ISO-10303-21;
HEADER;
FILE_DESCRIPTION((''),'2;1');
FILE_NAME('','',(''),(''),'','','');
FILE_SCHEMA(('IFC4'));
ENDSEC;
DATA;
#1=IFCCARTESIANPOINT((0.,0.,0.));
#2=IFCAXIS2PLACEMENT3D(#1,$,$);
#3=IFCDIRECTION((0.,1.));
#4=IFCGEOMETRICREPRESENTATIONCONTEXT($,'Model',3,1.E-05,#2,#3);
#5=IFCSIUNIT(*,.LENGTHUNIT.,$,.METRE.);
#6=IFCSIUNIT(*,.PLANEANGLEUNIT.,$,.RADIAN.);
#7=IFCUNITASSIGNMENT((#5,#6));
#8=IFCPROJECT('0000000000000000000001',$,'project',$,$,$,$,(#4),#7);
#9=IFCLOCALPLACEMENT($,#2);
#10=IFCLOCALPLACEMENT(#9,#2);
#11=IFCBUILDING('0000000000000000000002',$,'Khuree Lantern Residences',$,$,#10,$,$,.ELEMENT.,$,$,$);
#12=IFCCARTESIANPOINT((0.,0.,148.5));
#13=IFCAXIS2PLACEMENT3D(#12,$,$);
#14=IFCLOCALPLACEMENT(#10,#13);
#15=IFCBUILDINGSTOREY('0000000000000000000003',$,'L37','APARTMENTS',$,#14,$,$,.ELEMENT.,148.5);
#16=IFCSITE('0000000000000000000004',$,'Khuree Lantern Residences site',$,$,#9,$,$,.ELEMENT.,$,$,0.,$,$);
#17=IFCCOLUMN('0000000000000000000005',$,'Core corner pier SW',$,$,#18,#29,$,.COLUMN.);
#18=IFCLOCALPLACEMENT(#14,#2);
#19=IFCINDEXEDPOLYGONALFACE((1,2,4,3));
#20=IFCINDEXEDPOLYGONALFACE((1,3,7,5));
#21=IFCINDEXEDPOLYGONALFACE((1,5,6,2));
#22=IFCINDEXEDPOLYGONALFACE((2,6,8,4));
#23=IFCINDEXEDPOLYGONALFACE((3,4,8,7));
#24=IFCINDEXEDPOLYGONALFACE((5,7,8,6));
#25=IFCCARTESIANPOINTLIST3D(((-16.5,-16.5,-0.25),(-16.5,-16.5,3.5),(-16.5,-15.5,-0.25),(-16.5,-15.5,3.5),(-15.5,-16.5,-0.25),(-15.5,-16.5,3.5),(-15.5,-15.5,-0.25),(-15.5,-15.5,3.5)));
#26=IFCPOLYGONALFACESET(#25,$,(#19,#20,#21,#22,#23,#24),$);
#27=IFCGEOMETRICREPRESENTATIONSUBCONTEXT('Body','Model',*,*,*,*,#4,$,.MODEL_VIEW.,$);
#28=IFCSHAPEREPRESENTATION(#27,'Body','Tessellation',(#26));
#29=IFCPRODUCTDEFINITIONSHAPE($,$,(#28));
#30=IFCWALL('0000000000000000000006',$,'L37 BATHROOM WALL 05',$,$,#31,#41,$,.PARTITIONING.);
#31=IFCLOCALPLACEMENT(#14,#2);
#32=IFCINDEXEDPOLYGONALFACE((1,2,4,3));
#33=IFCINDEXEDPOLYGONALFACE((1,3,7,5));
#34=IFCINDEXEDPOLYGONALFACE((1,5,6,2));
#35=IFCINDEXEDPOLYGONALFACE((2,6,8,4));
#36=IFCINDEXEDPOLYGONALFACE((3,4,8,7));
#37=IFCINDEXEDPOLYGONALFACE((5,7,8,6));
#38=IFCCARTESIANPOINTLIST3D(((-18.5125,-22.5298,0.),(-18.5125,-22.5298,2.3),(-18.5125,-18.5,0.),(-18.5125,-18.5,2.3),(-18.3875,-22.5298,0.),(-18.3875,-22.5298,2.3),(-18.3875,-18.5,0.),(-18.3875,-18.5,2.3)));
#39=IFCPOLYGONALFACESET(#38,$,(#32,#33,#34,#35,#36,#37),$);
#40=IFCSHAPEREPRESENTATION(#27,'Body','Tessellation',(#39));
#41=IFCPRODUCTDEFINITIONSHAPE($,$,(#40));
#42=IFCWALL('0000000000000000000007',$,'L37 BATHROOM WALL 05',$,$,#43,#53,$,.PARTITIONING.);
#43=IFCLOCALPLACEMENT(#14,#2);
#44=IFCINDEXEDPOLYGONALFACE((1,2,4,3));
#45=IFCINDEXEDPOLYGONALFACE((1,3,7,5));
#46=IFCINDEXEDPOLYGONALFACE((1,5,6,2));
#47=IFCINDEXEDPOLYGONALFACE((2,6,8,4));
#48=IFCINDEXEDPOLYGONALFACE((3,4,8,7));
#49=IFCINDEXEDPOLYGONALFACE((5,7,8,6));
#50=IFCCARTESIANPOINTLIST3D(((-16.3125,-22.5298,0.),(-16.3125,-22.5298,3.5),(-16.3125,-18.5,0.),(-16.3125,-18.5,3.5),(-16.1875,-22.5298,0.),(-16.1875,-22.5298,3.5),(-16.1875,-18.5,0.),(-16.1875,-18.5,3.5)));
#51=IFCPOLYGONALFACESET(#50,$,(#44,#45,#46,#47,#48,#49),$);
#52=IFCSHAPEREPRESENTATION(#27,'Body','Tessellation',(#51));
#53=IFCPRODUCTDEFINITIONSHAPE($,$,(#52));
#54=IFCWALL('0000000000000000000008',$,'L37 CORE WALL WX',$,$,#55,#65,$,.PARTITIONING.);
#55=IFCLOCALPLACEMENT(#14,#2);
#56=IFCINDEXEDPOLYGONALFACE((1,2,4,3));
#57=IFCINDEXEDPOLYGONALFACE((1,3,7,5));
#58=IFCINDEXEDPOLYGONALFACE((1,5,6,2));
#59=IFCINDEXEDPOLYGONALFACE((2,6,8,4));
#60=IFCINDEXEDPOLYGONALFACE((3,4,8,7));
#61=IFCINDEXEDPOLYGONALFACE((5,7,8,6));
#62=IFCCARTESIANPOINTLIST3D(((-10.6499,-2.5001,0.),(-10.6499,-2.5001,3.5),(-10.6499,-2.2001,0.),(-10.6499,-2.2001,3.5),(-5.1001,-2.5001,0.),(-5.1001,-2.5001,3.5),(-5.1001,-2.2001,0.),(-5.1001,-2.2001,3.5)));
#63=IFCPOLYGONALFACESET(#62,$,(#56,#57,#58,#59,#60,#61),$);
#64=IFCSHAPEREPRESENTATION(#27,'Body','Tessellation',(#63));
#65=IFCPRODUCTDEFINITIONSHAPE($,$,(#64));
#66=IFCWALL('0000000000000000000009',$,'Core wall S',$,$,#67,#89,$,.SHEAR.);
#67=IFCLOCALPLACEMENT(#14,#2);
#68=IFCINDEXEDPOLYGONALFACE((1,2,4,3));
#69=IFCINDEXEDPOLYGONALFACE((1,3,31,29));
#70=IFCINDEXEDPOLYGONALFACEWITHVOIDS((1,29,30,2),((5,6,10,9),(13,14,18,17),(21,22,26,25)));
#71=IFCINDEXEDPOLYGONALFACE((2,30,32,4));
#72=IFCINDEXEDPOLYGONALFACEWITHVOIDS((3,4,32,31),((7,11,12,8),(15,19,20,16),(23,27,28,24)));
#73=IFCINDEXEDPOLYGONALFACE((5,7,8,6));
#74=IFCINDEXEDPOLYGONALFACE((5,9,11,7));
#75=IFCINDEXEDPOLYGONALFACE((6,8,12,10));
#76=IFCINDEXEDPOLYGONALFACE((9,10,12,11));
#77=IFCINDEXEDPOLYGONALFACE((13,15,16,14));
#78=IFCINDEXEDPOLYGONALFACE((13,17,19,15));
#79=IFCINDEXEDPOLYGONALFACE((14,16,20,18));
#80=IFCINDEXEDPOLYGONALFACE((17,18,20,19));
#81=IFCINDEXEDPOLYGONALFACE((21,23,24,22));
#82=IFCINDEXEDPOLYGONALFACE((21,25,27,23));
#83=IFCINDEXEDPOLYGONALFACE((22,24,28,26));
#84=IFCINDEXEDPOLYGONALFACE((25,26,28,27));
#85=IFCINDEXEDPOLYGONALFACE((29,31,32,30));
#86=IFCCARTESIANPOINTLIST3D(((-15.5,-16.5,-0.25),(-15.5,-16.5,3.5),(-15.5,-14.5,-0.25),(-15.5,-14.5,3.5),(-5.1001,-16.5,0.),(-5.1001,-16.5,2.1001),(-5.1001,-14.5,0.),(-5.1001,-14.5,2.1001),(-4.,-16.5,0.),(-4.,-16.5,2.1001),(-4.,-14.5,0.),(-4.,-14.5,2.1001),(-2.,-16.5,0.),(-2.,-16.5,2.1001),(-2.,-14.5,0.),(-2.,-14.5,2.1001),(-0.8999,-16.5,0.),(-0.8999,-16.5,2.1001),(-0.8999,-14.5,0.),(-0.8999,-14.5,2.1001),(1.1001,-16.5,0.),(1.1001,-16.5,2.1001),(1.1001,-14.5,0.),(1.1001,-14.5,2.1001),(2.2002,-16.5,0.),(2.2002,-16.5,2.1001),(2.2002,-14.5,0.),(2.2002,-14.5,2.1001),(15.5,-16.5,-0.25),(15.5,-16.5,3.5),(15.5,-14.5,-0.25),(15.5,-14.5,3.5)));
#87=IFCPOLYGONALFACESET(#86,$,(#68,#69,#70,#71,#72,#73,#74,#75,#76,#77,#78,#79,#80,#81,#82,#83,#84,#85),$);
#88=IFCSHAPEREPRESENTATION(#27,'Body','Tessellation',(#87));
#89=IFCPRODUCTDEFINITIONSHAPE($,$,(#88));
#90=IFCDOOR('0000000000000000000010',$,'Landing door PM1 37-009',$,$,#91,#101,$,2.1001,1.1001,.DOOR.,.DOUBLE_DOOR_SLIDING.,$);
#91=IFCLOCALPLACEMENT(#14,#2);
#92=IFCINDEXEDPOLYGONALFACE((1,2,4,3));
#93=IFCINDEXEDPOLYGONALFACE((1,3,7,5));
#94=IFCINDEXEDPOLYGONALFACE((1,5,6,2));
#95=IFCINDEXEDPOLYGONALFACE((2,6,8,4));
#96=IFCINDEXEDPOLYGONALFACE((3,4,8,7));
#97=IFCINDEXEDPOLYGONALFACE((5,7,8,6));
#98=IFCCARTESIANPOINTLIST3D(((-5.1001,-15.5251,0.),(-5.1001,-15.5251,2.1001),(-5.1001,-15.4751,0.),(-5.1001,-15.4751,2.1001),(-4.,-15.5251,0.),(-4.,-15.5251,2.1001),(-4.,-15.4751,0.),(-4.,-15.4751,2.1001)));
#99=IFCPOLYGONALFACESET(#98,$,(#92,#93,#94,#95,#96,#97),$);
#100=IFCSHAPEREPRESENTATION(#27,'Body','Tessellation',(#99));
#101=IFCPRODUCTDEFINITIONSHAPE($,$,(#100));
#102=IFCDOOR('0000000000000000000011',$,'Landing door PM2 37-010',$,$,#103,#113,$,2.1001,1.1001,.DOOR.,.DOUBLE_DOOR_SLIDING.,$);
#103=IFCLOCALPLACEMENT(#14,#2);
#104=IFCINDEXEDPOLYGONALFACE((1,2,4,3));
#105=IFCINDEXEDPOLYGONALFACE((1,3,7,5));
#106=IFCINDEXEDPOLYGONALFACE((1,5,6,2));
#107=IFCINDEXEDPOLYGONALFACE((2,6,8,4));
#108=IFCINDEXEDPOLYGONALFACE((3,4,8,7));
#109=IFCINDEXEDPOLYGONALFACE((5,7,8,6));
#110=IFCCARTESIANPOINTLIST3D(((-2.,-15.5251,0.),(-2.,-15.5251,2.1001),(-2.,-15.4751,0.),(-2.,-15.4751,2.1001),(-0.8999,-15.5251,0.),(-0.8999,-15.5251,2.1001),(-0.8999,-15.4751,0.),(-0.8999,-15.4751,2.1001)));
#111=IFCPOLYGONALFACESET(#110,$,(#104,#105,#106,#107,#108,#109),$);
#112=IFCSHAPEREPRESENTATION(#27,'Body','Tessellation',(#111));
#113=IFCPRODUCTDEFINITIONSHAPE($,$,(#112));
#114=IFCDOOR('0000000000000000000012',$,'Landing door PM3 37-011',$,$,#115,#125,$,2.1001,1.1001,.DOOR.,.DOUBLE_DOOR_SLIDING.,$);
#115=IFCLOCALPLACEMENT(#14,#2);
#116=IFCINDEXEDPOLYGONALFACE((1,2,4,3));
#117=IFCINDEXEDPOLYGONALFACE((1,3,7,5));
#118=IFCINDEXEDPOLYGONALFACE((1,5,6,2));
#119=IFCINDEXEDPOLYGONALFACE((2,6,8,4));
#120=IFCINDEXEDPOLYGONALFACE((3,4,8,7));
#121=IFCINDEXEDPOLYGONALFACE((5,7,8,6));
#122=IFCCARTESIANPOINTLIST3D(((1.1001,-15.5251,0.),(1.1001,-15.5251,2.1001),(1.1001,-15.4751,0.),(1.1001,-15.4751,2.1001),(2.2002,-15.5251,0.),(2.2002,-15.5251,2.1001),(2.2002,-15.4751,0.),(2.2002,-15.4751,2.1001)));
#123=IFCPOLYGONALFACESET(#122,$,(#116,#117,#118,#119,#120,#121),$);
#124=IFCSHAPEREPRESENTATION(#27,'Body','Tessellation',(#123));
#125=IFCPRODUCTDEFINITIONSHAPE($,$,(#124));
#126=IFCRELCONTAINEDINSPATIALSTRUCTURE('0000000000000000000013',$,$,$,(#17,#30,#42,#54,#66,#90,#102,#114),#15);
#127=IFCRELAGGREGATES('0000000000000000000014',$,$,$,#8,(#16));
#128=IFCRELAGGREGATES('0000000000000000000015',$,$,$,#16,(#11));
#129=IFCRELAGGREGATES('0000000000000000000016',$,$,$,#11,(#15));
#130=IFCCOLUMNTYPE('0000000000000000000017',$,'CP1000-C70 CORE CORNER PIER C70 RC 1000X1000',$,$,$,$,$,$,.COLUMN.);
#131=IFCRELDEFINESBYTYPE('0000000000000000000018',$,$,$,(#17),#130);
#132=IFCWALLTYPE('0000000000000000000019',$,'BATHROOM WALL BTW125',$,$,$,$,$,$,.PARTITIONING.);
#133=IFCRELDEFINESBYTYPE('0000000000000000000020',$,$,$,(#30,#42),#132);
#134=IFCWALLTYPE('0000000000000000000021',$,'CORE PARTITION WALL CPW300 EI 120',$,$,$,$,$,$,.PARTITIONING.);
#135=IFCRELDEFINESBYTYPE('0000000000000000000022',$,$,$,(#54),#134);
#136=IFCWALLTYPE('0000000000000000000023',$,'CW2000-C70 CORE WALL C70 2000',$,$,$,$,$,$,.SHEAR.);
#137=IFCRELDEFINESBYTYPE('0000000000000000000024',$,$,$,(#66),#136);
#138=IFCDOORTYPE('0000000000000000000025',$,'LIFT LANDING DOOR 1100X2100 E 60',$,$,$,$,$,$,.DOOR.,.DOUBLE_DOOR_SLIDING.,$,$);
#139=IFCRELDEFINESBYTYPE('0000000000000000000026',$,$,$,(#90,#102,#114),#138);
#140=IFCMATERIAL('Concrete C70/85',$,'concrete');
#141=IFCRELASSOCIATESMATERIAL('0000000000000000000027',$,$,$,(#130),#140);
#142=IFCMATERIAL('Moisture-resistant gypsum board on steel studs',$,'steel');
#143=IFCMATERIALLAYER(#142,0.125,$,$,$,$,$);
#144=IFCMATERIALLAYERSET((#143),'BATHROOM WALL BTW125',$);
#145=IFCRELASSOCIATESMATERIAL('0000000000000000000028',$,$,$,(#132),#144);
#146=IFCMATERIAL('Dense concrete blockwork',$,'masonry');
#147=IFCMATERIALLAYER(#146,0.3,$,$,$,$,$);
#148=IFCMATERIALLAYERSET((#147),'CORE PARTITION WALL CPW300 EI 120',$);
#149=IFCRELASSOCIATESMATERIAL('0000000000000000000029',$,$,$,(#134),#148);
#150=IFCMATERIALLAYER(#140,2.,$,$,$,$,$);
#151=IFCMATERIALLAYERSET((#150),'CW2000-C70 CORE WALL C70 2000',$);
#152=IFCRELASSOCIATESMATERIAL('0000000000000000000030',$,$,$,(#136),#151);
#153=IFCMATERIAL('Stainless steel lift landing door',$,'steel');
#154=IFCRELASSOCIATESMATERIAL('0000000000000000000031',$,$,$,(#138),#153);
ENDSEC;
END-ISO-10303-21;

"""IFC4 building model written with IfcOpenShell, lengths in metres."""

from ifc_helpers import new_model, si_unit, direction, frame, frame_2d, origin, origin_2d, place, context, subcontext, project, spatial, rectangle, extrude, material, layer, layer_set, material_profile, profile_set, type_object, element, fill, save


model = new_model("IFC4")

# Units and contexts
model_context = context("Model", 3, precision=1e-05, world=origin(), true_north=direction((0.0, 1.0)))
body_context = subcontext(model_context, "Body", "Model", "MODEL_VIEW")
ifc_project = project(units=[si_unit("LENGTHUNIT", "METRE"), si_unit("PLANEANGLEUNIT", "RADIAN")], contexts=[model_context])

# Site, building, storey
site_placement = place(None, origin())
site = spatial("IfcSite", under=ifc_project, at=site_placement, Name="Khuree Lantern Residences site", CompositionType="ELEMENT", RefElevation=0.0)
building_placement = place(site_placement, origin())
building = spatial("IfcBuilding", under=site, at=building_placement, Name="Khuree Lantern Residences", CompositionType="ELEMENT")
storey_placement = place(building_placement, frame((0.0, 0.0, 148.5)))
storey = spatial("IfcBuildingStorey", under=building, at=storey_placement, Name="L37", Description="APARTMENTS", CompositionType="ELEMENT", Elevation=148.5)

# Column
ifc_material_1 = material(Name="Concrete C70/85", Category="concrete")
ifc_material_profile = material_profile(ifc_material_1, rectangle(XDim=1.0, YDim=1.0, at=origin_2d()), Name="RC 1000X1000")
ifc_profile_set = profile_set([ifc_material_profile], Name="Concrete C70/85")
column_type = type_object("IfcColumnType", Name="CP1000-C70 CORE CORNER PIER C70 RC 1000X1000", PredefinedType="COLUMN", material=ifc_profile_set)
column_placement = place(storey_placement, frame((-16.0, -16.0, -0.25), z_axis=(0.0, 0.0, 1.0), x_axis=(1.0, 0.0, 0.0)))
element("IfcColumn", 1, at=column_placement, inside=storey, type_object=column_type, Name="Core corner pier SW", PredefinedType="COLUMN", context=body_context, shape_type="SweptSolid", body=[
    extrude(rectangle(XDim=1.0, YDim=1.0, at=origin_2d()), origin(), (0.0, 0.0, 1.0), 3.75),
])

# Walls
ifc_material_2 = material(Name="Moisture-resistant gypsum board on steel studs", Category="steel")
ifc_layer_1 = layer(ifc_material_2, 0.125)
ifc_layer_set_1 = layer_set([ifc_layer_1], Name="BATHROOM WALL BTW125")
wall_type_1 = type_object("IfcWallType", Name="BATHROOM WALL BTW125", PredefinedType="PARTITIONING", material=ifc_layer_set_1)
wall_1_placement = place(storey_placement, frame((-18.45, -18.5, 0.0), z_axis=(0.0, 0.0, 1.0), x_axis=(0.0, -1.0, 0.0)))
element("IfcWall", 2, at=wall_1_placement, inside=storey, type_object=wall_type_1, Name="L37 BATHROOM WALL 05", PredefinedType="PARTITIONING", context=body_context, shape_type="SweptSolid", body=[
    extrude(rectangle(XDim=4.0298, YDim=0.125, at=frame_2d((2.0149, 0.0))), origin(), (0.0, 0.0, 1.0), 2.3),
])
wall_2_placement = place(storey_placement, frame((-16.25, -18.5, 0.0), z_axis=(0.0, 0.0, 1.0), x_axis=(0.0, -1.0, 0.0)))
element("IfcWall", 3, at=wall_2_placement, inside=storey, type_object=wall_type_1, Name="L37 BATHROOM WALL 05", PredefinedType="PARTITIONING", context=body_context, shape_type="SweptSolid", body=[
    extrude(rectangle(XDim=4.0298, YDim=0.125, at=frame_2d((2.0149, 0.0))), origin(), (0.0, 0.0, 1.0), 3.5),
])
ifc_material_3 = material(Name="Dense concrete blockwork", Category="masonry")
ifc_layer_2 = layer(ifc_material_3, 0.3)
ifc_layer_set_2 = layer_set([ifc_layer_2], Name="CORE PARTITION WALL CPW300 EI 120")
wall_type_2 = type_object("IfcWallType", Name="CORE PARTITION WALL CPW300 EI 120", PredefinedType="PARTITIONING", material=ifc_layer_set_2)
wall_3_placement = place(storey_placement, frame((-10.6499, -2.3501, 0.0), z_axis=(0.0, 0.0, 1.0), x_axis=(1.0, 0.0, 0.0)))
element("IfcWall", 4, at=wall_3_placement, inside=storey, type_object=wall_type_2, Name="L37 CORE WALL WX", PredefinedType="PARTITIONING", context=body_context, shape_type="SweptSolid", body=[
    extrude(rectangle(XDim=5.5498, YDim=0.3, at=frame_2d((2.7749, 0.0))), origin(), (0.0, 0.0, 1.0), 3.5),
])

# Wall, openings, doors
ifc_layer_3 = layer(ifc_material_1, 2.0)
ifc_layer_set_3 = layer_set([ifc_layer_3], Name="CW2000-C70 CORE WALL C70 2000")
wall_type_3 = type_object("IfcWallType", Name="CW2000-C70 CORE WALL C70 2000", PredefinedType="SHEAR", material=ifc_layer_set_3)
wall_4_placement = place(storey_placement, frame((-15.5, -15.5, -0.25), z_axis=(0.0, 0.0, 1.0), x_axis=(1.0, 0.0, 0.0)))
wall_4 = element("IfcWall", 5, at=wall_4_placement, inside=storey, type_object=wall_type_3, Name="Core wall S", PredefinedType="SHEAR", context=body_context, shape_type="SweptSolid", body=[
    extrude(rectangle(XDim=31.0, YDim=2.0, at=frame_2d((15.5, 0.0))), origin(), (0.0, 0.0, 1.0), 3.75),
])
opening_1_placement = place(wall_4_placement, frame((10.3999, 0.0, 0.25)))
opening_1 = element("IfcOpeningElement", 6, at=opening_1_placement, cuts=wall_4, PredefinedType="OPENING", context=body_context, shape_type="SweptSolid", body=[
    extrude(rectangle(XDim=1.1001, YDim=2.1001, at=frame_2d((0.55, 1.05))), frame((0.0, 1.01, 0.0), z_axis=(0.0, -1.0, 0.0), x_axis=(1.0, 0.0, 0.0)), (0.0, 0.0, 1.0), 2.02),
])
opening_2_placement = place(wall_4_placement, frame((13.5, 0.0, 0.25)))
opening_2 = element("IfcOpeningElement", 7, at=opening_2_placement, cuts=wall_4, PredefinedType="OPENING", context=body_context, shape_type="SweptSolid", body=[
    extrude(rectangle(XDim=1.1001, YDim=2.1001, at=frame_2d((0.55, 1.05))), frame((0.0, 1.01, 0.0), z_axis=(0.0, -1.0, 0.0), x_axis=(1.0, 0.0, 0.0)), (0.0, 0.0, 1.0), 2.02),
])
opening_3_placement = place(wall_4_placement, frame((16.6001, 0.0, 0.25)))
opening_3 = element("IfcOpeningElement", 8, at=opening_3_placement, cuts=wall_4, PredefinedType="OPENING", context=body_context, shape_type="SweptSolid", body=[
    extrude(rectangle(XDim=1.1001, YDim=2.1001, at=frame_2d((0.55, 1.05))), frame((0.0, 1.01, 0.0), z_axis=(0.0, -1.0, 0.0), x_axis=(1.0, 0.0, 0.0)), (0.0, 0.0, 1.0), 2.02),
])
ifc_material_4 = material(Name="Stainless steel lift landing door", Category="steel")
door_type_1 = type_object("IfcDoorType", Name="LIFT LANDING DOOR 1100X2100 E 60", OperationType="DOUBLE_DOOR_SLIDING", PredefinedType="DOOR", material=ifc_material_4)
door_1_placement = place(opening_1_placement, origin())
door_1 = element("IfcDoor", 9, at=door_1_placement, inside=storey, type_object=door_type_1, Name="Landing door PM1 37-009", OperationType="DOUBLE_DOOR_SLIDING", OverallHeight=2.1001, OverallWidth=1.1001, PredefinedType="DOOR", context=body_context, shape_type="SweptSolid", body=[
    extrude(rectangle(XDim=1.1001, YDim=2.1001, at=frame_2d((0.55, 1.05))), frame((0.0, 0.0249, 0.0), z_axis=(0.0, -1.0, 0.0), x_axis=(1.0, 0.0, 0.0)), (0.0, 0.0, 1.0), 0.05),
])
fill(opening_1, door_1)
door_2_placement = place(opening_2_placement, origin())
door_2 = element("IfcDoor", 10, at=door_2_placement, inside=storey, type_object=door_type_1, Name="Landing door PM2 37-010", OperationType="DOUBLE_DOOR_SLIDING", OverallHeight=2.1001, OverallWidth=1.1001, PredefinedType="DOOR", context=body_context, shape_type="SweptSolid", body=[
    extrude(rectangle(XDim=1.1001, YDim=2.1001, at=frame_2d((0.55, 1.05))), frame((0.0, 0.0249, 0.0), z_axis=(0.0, -1.0, 0.0), x_axis=(1.0, 0.0, 0.0)), (0.0, 0.0, 1.0), 0.05),
])
fill(opening_2, door_2)
door_3_placement = place(opening_3_placement, origin())
door_3 = element("IfcDoor", 11, at=door_3_placement, inside=storey, type_object=door_type_1, Name="Landing door PM3 37-011", OperationType="DOUBLE_DOOR_SLIDING", OverallHeight=2.1001, OverallWidth=1.1001, PredefinedType="DOOR", context=body_context, shape_type="SweptSolid", body=[
    extrude(rectangle(XDim=1.1001, YDim=2.1001, at=frame_2d((0.55, 1.05))), frame((0.0, 0.0249, 0.0), z_axis=(0.0, -1.0, 0.0), x_axis=(1.0, 0.0, 0.0)), (0.0, 0.0, 1.0), 0.05),
])
fill(opening_3, door_3)

save(model, "model.ifc")
